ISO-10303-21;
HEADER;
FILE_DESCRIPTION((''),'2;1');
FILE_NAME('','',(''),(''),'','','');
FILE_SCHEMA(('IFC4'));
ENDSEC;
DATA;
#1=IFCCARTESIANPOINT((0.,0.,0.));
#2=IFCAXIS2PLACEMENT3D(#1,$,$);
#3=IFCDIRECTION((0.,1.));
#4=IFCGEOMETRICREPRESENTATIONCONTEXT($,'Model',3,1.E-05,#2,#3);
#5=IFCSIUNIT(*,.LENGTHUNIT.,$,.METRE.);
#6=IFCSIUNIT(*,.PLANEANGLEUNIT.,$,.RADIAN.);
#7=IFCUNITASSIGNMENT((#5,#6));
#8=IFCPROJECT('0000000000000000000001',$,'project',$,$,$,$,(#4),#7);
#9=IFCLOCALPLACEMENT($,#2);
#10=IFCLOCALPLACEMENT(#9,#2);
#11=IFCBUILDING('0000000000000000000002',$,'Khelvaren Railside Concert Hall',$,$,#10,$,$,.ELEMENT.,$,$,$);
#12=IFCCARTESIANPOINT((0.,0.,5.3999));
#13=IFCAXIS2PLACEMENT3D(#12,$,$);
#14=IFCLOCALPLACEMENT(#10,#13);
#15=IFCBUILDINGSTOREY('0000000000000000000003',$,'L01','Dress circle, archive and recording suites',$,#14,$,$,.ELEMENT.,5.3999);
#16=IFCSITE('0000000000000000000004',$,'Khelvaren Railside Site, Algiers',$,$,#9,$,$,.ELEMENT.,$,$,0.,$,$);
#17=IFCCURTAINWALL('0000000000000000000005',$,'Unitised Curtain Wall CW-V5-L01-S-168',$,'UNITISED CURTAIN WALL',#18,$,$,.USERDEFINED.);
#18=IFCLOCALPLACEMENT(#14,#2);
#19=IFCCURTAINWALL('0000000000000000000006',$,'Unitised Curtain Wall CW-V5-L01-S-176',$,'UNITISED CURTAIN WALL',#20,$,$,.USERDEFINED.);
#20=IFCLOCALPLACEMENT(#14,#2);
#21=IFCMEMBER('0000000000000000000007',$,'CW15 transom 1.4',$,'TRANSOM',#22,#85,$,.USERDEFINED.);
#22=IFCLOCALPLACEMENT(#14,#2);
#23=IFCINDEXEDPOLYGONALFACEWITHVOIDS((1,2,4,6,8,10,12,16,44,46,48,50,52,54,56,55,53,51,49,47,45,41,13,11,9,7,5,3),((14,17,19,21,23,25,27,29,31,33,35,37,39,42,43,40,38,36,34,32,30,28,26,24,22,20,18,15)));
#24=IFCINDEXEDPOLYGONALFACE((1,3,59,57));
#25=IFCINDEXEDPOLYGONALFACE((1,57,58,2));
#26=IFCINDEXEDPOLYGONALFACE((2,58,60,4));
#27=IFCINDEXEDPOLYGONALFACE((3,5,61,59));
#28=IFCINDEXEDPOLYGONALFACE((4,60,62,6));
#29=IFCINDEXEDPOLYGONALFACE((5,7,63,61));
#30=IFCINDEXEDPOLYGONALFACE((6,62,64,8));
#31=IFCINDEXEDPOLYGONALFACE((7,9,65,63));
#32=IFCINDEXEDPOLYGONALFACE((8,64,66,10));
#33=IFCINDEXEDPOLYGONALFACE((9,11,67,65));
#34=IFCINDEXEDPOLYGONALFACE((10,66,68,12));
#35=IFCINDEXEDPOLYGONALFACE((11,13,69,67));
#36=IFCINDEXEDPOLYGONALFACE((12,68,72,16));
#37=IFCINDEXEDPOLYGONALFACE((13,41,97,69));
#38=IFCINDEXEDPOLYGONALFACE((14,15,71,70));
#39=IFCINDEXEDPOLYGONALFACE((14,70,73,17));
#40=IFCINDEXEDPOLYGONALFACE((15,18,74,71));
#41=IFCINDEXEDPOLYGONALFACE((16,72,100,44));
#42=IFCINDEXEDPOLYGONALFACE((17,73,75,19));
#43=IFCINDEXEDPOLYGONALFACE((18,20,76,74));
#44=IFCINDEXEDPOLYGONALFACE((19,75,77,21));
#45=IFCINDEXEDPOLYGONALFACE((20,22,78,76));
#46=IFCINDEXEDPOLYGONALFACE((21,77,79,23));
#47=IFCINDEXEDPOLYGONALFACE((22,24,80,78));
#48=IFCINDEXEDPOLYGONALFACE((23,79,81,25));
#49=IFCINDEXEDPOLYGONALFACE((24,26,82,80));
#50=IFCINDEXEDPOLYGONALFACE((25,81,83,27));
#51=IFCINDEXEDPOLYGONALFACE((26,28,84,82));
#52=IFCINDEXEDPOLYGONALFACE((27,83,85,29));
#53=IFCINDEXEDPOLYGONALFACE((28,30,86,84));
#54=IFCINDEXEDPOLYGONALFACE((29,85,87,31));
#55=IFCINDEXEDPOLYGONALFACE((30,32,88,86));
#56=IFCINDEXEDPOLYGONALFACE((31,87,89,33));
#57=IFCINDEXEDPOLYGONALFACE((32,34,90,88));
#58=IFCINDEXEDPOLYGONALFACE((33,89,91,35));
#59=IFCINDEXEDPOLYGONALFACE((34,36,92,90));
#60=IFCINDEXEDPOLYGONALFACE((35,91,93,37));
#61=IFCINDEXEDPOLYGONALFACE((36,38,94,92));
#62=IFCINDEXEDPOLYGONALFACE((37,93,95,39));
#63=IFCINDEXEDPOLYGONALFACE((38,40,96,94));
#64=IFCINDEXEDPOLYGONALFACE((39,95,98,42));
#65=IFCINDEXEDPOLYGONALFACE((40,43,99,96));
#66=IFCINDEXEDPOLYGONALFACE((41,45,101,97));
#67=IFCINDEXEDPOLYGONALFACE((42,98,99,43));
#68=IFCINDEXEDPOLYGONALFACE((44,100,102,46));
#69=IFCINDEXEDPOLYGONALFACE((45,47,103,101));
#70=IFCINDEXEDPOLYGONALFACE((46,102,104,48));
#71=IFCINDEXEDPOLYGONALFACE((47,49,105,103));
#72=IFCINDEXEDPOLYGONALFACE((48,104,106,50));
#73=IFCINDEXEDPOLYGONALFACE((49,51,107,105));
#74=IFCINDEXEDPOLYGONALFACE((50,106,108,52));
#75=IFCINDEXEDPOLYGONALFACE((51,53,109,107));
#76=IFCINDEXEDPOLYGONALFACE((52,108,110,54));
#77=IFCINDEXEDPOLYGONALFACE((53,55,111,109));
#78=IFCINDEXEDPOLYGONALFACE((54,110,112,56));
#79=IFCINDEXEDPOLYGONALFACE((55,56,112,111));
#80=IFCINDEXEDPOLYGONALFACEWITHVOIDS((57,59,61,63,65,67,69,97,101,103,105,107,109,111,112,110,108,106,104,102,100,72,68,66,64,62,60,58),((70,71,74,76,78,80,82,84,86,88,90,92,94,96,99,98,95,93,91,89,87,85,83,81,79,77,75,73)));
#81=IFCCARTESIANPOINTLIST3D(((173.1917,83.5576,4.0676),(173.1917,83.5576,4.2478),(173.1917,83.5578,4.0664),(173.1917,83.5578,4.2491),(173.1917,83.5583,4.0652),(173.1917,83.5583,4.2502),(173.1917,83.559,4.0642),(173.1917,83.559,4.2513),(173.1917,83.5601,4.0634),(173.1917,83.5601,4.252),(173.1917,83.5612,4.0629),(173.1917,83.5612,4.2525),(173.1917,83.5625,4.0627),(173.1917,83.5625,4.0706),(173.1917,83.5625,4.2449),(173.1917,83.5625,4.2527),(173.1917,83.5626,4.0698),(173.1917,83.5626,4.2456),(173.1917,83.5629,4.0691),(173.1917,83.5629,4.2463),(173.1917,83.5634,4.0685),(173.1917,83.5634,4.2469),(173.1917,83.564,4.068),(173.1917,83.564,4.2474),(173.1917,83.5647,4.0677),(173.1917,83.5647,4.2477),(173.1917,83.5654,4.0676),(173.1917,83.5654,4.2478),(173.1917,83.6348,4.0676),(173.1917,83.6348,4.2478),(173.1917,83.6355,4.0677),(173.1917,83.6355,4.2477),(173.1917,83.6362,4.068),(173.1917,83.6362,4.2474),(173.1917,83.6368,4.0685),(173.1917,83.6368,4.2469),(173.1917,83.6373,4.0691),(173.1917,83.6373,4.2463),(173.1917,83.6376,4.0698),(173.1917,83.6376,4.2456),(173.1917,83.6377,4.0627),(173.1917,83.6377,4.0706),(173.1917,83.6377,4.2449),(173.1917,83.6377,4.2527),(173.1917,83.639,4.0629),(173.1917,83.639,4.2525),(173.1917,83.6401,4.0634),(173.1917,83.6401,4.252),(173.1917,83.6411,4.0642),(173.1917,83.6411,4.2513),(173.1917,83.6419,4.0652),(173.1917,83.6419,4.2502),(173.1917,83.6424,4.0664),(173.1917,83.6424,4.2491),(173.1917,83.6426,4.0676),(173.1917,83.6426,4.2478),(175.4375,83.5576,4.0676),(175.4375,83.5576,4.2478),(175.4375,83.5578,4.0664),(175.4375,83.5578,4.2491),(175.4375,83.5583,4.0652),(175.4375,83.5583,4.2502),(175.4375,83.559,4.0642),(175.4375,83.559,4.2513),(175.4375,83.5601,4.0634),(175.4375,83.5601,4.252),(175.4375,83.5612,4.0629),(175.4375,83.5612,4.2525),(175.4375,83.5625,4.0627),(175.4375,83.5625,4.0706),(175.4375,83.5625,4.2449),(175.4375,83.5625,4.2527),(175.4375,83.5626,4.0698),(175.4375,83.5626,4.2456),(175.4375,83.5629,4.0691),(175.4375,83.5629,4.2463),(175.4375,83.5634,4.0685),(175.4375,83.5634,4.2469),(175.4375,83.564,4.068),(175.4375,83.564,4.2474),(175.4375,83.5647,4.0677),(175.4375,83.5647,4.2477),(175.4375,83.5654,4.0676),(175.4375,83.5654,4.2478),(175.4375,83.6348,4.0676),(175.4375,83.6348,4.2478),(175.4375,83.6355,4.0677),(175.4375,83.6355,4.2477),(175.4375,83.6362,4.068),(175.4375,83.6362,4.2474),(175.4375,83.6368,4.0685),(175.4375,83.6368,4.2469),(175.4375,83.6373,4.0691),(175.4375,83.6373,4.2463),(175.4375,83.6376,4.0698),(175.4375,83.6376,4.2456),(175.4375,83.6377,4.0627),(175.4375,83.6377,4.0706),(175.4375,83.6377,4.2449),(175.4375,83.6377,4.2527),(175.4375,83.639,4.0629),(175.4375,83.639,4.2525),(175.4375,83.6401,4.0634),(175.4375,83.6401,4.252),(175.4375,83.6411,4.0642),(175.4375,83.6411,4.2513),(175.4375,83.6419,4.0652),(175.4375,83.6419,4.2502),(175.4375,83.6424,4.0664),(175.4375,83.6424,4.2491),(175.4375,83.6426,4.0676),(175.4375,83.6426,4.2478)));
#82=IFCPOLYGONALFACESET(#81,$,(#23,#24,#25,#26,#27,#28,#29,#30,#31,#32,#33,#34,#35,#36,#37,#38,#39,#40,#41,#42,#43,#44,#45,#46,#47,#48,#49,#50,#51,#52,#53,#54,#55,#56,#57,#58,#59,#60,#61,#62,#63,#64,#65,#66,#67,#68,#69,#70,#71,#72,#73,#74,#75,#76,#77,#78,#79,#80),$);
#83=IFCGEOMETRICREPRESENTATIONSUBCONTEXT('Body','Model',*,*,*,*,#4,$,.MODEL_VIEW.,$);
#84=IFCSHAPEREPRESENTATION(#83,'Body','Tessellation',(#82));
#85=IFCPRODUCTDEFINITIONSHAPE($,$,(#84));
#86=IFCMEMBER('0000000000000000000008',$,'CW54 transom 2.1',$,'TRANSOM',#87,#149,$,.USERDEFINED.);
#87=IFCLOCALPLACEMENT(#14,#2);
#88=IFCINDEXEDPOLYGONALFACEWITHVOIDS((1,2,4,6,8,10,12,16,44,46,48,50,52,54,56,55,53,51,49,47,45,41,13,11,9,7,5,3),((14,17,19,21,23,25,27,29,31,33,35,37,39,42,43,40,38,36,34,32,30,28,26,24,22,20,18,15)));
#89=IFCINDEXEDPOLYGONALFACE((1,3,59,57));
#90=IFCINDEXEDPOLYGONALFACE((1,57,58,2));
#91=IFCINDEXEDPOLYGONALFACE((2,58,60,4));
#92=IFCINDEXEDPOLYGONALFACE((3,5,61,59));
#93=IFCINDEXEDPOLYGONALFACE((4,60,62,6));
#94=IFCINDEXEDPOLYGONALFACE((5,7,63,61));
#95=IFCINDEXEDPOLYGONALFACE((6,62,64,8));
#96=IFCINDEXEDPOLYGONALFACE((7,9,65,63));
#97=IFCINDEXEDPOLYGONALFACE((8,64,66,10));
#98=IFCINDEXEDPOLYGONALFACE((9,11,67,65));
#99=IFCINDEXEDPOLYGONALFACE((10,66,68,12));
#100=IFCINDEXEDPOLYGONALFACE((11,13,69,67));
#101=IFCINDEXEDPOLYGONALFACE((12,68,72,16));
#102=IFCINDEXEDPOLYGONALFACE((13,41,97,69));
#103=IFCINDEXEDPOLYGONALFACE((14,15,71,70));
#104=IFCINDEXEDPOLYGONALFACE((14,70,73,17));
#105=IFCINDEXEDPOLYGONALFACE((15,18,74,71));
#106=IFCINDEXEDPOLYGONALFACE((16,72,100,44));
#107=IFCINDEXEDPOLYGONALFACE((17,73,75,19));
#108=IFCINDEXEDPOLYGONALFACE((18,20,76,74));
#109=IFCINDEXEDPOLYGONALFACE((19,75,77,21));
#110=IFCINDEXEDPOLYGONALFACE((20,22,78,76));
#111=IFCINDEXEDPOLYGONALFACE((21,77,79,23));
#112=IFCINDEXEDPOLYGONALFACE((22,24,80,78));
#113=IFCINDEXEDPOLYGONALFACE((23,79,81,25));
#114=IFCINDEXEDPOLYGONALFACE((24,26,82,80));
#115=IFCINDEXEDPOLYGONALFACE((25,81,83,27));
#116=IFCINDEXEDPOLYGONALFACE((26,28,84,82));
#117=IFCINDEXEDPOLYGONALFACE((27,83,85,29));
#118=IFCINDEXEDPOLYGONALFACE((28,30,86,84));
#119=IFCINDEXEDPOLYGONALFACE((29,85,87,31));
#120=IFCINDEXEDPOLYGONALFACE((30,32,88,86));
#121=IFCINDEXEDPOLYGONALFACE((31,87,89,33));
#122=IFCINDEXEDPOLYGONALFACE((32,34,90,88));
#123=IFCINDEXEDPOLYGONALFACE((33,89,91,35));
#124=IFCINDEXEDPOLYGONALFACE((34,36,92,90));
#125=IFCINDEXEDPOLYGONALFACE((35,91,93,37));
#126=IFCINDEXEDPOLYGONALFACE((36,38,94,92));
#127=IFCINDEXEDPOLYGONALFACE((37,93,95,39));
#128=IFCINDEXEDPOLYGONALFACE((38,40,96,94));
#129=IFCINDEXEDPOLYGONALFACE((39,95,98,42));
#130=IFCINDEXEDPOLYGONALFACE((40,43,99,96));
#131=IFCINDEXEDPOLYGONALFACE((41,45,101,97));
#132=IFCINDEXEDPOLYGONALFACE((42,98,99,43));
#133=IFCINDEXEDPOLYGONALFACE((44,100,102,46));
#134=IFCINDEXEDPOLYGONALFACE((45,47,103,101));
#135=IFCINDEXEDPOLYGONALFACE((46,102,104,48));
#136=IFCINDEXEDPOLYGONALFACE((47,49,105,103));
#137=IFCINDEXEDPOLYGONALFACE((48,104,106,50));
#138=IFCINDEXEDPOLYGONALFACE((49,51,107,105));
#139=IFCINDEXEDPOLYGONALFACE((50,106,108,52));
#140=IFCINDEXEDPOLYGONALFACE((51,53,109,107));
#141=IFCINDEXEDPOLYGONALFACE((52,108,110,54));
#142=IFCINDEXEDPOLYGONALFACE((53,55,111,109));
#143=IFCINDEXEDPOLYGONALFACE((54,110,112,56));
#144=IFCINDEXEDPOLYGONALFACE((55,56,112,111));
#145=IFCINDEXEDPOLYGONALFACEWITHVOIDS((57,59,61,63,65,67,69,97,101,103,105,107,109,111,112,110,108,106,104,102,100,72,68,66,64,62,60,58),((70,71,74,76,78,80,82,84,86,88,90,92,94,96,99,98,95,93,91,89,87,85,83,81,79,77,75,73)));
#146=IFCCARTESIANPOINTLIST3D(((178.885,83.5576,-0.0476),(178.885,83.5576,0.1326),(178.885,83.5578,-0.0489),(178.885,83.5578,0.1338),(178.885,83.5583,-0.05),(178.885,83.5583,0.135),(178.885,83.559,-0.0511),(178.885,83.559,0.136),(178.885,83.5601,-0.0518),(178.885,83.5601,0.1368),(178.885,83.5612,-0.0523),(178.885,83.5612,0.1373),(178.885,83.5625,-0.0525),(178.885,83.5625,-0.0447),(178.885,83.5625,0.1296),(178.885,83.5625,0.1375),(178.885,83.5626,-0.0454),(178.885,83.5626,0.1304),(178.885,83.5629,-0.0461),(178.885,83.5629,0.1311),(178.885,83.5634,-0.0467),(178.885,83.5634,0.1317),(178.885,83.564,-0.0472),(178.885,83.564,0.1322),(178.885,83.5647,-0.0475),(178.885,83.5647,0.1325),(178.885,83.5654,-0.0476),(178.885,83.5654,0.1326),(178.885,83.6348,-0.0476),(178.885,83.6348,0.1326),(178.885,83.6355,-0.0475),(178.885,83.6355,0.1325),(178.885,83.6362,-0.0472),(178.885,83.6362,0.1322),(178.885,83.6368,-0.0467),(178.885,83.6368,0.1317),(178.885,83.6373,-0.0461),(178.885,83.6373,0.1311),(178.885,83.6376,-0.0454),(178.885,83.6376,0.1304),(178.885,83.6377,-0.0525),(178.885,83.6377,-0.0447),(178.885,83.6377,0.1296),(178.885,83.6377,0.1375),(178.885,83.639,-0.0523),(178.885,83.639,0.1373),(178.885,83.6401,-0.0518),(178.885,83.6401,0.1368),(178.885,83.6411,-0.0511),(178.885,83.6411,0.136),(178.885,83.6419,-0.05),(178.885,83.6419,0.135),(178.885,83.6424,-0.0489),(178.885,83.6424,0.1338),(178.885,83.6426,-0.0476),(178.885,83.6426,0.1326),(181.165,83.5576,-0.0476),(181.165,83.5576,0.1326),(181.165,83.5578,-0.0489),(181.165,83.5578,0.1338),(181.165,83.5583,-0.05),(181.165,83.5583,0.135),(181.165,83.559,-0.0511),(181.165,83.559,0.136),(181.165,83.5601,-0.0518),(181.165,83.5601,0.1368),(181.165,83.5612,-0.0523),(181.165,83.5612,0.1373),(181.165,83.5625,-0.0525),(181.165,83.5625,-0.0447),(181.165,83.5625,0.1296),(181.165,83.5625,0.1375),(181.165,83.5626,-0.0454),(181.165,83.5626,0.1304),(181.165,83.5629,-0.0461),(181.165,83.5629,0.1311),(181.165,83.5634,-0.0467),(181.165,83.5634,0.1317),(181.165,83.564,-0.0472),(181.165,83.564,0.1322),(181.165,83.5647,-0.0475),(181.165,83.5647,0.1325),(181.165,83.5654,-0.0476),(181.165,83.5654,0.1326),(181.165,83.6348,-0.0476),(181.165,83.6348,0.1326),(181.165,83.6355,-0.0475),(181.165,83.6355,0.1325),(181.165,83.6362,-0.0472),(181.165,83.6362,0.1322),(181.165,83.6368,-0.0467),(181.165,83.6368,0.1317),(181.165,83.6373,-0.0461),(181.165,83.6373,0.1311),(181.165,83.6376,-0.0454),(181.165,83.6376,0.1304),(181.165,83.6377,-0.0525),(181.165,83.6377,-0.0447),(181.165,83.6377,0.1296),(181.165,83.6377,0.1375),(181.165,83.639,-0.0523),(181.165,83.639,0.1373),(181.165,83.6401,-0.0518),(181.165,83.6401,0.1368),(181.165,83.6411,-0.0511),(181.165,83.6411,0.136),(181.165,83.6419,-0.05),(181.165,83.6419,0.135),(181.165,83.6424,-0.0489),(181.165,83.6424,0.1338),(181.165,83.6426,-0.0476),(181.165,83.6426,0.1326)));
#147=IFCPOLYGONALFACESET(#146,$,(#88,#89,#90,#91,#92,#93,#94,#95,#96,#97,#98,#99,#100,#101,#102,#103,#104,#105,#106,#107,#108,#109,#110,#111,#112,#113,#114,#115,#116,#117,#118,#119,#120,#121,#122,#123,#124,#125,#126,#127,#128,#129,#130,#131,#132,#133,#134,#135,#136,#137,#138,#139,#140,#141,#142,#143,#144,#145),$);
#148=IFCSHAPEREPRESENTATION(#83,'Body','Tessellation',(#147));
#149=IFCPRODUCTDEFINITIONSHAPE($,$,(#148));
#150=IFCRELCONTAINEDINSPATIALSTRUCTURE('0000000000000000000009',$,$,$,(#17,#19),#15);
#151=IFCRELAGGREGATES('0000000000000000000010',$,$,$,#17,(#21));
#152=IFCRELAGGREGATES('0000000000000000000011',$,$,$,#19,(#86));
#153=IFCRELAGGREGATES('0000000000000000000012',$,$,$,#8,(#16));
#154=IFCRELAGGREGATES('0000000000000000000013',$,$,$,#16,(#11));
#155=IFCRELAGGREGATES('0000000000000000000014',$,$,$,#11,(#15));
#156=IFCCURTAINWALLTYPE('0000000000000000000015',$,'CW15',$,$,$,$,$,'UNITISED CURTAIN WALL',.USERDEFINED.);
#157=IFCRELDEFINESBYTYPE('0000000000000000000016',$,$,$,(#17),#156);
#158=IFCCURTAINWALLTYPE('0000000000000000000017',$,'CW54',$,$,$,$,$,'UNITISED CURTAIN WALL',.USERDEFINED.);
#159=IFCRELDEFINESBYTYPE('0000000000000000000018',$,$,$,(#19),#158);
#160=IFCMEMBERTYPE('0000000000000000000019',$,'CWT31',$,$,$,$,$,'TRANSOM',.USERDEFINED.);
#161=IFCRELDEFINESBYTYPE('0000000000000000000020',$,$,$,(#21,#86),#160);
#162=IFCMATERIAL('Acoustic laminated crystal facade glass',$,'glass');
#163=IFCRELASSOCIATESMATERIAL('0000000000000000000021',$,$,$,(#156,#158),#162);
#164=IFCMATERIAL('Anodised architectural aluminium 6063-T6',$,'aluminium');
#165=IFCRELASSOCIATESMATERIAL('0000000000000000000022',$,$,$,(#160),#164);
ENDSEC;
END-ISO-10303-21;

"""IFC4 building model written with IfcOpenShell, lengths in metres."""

from ifc_helpers import new_model, si_unit, direction, frame, origin, origin_2d, place, context, subcontext, project, spatial, hollow_rectangle, extrude, material, material_profile, profile_set, type_object, element, aggregate, save


model = new_model("IFC4")

# Units and contexts
model_context = context("Model", 3, precision=1e-05, world=origin(), true_north=direction((0.0, 1.0)))
body_context = subcontext(model_context, "Body", "Model", "MODEL_VIEW")
ifc_project = project(units=[si_unit("LENGTHUNIT", "METRE"), si_unit("PLANEANGLEUNIT", "RADIAN")], contexts=[model_context])

# Site, building, storey
site_placement = place(None, origin())
site = spatial("IfcSite", under=ifc_project, at=site_placement, Name="Khelvaren Railside Site, Algiers", CompositionType="ELEMENT", RefElevation=0.0)
building_placement = place(site_placement, origin())
building = spatial("IfcBuilding", under=site, at=building_placement, Name="Khelvaren Railside Concert Hall", CompositionType="ELEMENT")
storey_placement = place(building_placement, frame((0.0, 0.0, 5.3999)))
storey = spatial("IfcBuildingStorey", under=building, at=storey_placement, Name="L01", Description="Dress circle, archive and recording suites", CompositionType="ELEMENT", Elevation=5.3999)

# Curtain wall
ifc_material_1 = material(Name="Acoustic laminated crystal facade glass", Category="glass")
curtain_wall_type_1 = type_object("IfcCurtainWallType", Name="CW15", ElementType="UNITISED CURTAIN WALL", PredefinedType="USERDEFINED", material=ifc_material_1)
curtain_wall_1_placement = place(storey_placement, origin())
curtain_wall_1 = element("IfcCurtainWall", 1, at=curtain_wall_1_placement, inside=storey, type_object=curtain_wall_type_1, Name="Unitised Curtain Wall CW-V5-L01-S-168", ObjectType="UNITISED CURTAIN WALL", PredefinedType="USERDEFINED")
ifc_material_2 = material(Name="Anodised architectural aluminium 6063-T6", Category="aluminium")

# Curtain wall
curtain_wall_type_2 = type_object("IfcCurtainWallType", Name="CW54", ElementType="UNITISED CURTAIN WALL", PredefinedType="USERDEFINED", material=ifc_material_1)
curtain_wall_2_placement = place(storey_placement, origin())
curtain_wall_2 = element("IfcCurtainWall", 2, at=curtain_wall_2_placement, inside=storey, type_object=curtain_wall_type_2, Name="Unitised Curtain Wall CW-V5-L01-S-176", ObjectType="UNITISED CURTAIN WALL", PredefinedType="USERDEFINED")

# Members
ifc_material_profile_1 = material_profile(ifc_material_2, hollow_rectangle(XDim=0.085, YDim=0.1899, WallThickness=0.0049, InnerFilletRadius=0.0029, OuterFilletRadius=0.0049, at=origin_2d()), Name="CWT 85x190x5")
ifc_profile_set_1 = profile_set([ifc_material_profile_1], Name="Anodised architectural aluminium 6063-T6")
member_type_1 = type_object("IfcMemberType", Name="CWT31", ElementType="TRANSOM", PredefinedType="USERDEFINED", material=ifc_profile_set_1)
member_1_placement = place(storey_placement, frame((175.4375, 83.6001, 4.1577), z_axis=(-1.0, 0.0, 0.0), x_axis=(0.0, -1.0, 0.0)))
member_1 = element("IfcMember", 3, at=member_1_placement, type_object=member_type_1, Name="CW15 transom 1.4", ObjectType="TRANSOM", PredefinedType="USERDEFINED", context=body_context, shape_type="SweptSolid", body=[
    extrude(hollow_rectangle(XDim=0.085, YDim=0.1899, WallThickness=0.0049, InnerFilletRadius=0.0029, OuterFilletRadius=0.0049, at=origin_2d()), origin(), (0.0, 0.0, 1.0), 2.2458),
])
aggregate(curtain_wall_1, [member_1])
member_2_placement = place(storey_placement, frame((181.165, 83.6001, 0.0425), z_axis=(-1.0, 0.0, 0.0), x_axis=(0.0, -1.0, 0.0)))
member_2 = element("IfcMember", 4, at=member_2_placement, type_object=member_type_1, Name="CW54 transom 2.1", ObjectType="TRANSOM", PredefinedType="USERDEFINED", context=body_context, shape_type="SweptSolid", body=[
    extrude(hollow_rectangle(XDim=0.085, YDim=0.1899, WallThickness=0.0049, InnerFilletRadius=0.0029, OuterFilletRadius=0.0049, at=origin_2d()), origin(), (0.0, 0.0, 1.0), 2.28),
])

aggregate(curtain_wall_2, [member_2])

save(model, "model.ifc")
